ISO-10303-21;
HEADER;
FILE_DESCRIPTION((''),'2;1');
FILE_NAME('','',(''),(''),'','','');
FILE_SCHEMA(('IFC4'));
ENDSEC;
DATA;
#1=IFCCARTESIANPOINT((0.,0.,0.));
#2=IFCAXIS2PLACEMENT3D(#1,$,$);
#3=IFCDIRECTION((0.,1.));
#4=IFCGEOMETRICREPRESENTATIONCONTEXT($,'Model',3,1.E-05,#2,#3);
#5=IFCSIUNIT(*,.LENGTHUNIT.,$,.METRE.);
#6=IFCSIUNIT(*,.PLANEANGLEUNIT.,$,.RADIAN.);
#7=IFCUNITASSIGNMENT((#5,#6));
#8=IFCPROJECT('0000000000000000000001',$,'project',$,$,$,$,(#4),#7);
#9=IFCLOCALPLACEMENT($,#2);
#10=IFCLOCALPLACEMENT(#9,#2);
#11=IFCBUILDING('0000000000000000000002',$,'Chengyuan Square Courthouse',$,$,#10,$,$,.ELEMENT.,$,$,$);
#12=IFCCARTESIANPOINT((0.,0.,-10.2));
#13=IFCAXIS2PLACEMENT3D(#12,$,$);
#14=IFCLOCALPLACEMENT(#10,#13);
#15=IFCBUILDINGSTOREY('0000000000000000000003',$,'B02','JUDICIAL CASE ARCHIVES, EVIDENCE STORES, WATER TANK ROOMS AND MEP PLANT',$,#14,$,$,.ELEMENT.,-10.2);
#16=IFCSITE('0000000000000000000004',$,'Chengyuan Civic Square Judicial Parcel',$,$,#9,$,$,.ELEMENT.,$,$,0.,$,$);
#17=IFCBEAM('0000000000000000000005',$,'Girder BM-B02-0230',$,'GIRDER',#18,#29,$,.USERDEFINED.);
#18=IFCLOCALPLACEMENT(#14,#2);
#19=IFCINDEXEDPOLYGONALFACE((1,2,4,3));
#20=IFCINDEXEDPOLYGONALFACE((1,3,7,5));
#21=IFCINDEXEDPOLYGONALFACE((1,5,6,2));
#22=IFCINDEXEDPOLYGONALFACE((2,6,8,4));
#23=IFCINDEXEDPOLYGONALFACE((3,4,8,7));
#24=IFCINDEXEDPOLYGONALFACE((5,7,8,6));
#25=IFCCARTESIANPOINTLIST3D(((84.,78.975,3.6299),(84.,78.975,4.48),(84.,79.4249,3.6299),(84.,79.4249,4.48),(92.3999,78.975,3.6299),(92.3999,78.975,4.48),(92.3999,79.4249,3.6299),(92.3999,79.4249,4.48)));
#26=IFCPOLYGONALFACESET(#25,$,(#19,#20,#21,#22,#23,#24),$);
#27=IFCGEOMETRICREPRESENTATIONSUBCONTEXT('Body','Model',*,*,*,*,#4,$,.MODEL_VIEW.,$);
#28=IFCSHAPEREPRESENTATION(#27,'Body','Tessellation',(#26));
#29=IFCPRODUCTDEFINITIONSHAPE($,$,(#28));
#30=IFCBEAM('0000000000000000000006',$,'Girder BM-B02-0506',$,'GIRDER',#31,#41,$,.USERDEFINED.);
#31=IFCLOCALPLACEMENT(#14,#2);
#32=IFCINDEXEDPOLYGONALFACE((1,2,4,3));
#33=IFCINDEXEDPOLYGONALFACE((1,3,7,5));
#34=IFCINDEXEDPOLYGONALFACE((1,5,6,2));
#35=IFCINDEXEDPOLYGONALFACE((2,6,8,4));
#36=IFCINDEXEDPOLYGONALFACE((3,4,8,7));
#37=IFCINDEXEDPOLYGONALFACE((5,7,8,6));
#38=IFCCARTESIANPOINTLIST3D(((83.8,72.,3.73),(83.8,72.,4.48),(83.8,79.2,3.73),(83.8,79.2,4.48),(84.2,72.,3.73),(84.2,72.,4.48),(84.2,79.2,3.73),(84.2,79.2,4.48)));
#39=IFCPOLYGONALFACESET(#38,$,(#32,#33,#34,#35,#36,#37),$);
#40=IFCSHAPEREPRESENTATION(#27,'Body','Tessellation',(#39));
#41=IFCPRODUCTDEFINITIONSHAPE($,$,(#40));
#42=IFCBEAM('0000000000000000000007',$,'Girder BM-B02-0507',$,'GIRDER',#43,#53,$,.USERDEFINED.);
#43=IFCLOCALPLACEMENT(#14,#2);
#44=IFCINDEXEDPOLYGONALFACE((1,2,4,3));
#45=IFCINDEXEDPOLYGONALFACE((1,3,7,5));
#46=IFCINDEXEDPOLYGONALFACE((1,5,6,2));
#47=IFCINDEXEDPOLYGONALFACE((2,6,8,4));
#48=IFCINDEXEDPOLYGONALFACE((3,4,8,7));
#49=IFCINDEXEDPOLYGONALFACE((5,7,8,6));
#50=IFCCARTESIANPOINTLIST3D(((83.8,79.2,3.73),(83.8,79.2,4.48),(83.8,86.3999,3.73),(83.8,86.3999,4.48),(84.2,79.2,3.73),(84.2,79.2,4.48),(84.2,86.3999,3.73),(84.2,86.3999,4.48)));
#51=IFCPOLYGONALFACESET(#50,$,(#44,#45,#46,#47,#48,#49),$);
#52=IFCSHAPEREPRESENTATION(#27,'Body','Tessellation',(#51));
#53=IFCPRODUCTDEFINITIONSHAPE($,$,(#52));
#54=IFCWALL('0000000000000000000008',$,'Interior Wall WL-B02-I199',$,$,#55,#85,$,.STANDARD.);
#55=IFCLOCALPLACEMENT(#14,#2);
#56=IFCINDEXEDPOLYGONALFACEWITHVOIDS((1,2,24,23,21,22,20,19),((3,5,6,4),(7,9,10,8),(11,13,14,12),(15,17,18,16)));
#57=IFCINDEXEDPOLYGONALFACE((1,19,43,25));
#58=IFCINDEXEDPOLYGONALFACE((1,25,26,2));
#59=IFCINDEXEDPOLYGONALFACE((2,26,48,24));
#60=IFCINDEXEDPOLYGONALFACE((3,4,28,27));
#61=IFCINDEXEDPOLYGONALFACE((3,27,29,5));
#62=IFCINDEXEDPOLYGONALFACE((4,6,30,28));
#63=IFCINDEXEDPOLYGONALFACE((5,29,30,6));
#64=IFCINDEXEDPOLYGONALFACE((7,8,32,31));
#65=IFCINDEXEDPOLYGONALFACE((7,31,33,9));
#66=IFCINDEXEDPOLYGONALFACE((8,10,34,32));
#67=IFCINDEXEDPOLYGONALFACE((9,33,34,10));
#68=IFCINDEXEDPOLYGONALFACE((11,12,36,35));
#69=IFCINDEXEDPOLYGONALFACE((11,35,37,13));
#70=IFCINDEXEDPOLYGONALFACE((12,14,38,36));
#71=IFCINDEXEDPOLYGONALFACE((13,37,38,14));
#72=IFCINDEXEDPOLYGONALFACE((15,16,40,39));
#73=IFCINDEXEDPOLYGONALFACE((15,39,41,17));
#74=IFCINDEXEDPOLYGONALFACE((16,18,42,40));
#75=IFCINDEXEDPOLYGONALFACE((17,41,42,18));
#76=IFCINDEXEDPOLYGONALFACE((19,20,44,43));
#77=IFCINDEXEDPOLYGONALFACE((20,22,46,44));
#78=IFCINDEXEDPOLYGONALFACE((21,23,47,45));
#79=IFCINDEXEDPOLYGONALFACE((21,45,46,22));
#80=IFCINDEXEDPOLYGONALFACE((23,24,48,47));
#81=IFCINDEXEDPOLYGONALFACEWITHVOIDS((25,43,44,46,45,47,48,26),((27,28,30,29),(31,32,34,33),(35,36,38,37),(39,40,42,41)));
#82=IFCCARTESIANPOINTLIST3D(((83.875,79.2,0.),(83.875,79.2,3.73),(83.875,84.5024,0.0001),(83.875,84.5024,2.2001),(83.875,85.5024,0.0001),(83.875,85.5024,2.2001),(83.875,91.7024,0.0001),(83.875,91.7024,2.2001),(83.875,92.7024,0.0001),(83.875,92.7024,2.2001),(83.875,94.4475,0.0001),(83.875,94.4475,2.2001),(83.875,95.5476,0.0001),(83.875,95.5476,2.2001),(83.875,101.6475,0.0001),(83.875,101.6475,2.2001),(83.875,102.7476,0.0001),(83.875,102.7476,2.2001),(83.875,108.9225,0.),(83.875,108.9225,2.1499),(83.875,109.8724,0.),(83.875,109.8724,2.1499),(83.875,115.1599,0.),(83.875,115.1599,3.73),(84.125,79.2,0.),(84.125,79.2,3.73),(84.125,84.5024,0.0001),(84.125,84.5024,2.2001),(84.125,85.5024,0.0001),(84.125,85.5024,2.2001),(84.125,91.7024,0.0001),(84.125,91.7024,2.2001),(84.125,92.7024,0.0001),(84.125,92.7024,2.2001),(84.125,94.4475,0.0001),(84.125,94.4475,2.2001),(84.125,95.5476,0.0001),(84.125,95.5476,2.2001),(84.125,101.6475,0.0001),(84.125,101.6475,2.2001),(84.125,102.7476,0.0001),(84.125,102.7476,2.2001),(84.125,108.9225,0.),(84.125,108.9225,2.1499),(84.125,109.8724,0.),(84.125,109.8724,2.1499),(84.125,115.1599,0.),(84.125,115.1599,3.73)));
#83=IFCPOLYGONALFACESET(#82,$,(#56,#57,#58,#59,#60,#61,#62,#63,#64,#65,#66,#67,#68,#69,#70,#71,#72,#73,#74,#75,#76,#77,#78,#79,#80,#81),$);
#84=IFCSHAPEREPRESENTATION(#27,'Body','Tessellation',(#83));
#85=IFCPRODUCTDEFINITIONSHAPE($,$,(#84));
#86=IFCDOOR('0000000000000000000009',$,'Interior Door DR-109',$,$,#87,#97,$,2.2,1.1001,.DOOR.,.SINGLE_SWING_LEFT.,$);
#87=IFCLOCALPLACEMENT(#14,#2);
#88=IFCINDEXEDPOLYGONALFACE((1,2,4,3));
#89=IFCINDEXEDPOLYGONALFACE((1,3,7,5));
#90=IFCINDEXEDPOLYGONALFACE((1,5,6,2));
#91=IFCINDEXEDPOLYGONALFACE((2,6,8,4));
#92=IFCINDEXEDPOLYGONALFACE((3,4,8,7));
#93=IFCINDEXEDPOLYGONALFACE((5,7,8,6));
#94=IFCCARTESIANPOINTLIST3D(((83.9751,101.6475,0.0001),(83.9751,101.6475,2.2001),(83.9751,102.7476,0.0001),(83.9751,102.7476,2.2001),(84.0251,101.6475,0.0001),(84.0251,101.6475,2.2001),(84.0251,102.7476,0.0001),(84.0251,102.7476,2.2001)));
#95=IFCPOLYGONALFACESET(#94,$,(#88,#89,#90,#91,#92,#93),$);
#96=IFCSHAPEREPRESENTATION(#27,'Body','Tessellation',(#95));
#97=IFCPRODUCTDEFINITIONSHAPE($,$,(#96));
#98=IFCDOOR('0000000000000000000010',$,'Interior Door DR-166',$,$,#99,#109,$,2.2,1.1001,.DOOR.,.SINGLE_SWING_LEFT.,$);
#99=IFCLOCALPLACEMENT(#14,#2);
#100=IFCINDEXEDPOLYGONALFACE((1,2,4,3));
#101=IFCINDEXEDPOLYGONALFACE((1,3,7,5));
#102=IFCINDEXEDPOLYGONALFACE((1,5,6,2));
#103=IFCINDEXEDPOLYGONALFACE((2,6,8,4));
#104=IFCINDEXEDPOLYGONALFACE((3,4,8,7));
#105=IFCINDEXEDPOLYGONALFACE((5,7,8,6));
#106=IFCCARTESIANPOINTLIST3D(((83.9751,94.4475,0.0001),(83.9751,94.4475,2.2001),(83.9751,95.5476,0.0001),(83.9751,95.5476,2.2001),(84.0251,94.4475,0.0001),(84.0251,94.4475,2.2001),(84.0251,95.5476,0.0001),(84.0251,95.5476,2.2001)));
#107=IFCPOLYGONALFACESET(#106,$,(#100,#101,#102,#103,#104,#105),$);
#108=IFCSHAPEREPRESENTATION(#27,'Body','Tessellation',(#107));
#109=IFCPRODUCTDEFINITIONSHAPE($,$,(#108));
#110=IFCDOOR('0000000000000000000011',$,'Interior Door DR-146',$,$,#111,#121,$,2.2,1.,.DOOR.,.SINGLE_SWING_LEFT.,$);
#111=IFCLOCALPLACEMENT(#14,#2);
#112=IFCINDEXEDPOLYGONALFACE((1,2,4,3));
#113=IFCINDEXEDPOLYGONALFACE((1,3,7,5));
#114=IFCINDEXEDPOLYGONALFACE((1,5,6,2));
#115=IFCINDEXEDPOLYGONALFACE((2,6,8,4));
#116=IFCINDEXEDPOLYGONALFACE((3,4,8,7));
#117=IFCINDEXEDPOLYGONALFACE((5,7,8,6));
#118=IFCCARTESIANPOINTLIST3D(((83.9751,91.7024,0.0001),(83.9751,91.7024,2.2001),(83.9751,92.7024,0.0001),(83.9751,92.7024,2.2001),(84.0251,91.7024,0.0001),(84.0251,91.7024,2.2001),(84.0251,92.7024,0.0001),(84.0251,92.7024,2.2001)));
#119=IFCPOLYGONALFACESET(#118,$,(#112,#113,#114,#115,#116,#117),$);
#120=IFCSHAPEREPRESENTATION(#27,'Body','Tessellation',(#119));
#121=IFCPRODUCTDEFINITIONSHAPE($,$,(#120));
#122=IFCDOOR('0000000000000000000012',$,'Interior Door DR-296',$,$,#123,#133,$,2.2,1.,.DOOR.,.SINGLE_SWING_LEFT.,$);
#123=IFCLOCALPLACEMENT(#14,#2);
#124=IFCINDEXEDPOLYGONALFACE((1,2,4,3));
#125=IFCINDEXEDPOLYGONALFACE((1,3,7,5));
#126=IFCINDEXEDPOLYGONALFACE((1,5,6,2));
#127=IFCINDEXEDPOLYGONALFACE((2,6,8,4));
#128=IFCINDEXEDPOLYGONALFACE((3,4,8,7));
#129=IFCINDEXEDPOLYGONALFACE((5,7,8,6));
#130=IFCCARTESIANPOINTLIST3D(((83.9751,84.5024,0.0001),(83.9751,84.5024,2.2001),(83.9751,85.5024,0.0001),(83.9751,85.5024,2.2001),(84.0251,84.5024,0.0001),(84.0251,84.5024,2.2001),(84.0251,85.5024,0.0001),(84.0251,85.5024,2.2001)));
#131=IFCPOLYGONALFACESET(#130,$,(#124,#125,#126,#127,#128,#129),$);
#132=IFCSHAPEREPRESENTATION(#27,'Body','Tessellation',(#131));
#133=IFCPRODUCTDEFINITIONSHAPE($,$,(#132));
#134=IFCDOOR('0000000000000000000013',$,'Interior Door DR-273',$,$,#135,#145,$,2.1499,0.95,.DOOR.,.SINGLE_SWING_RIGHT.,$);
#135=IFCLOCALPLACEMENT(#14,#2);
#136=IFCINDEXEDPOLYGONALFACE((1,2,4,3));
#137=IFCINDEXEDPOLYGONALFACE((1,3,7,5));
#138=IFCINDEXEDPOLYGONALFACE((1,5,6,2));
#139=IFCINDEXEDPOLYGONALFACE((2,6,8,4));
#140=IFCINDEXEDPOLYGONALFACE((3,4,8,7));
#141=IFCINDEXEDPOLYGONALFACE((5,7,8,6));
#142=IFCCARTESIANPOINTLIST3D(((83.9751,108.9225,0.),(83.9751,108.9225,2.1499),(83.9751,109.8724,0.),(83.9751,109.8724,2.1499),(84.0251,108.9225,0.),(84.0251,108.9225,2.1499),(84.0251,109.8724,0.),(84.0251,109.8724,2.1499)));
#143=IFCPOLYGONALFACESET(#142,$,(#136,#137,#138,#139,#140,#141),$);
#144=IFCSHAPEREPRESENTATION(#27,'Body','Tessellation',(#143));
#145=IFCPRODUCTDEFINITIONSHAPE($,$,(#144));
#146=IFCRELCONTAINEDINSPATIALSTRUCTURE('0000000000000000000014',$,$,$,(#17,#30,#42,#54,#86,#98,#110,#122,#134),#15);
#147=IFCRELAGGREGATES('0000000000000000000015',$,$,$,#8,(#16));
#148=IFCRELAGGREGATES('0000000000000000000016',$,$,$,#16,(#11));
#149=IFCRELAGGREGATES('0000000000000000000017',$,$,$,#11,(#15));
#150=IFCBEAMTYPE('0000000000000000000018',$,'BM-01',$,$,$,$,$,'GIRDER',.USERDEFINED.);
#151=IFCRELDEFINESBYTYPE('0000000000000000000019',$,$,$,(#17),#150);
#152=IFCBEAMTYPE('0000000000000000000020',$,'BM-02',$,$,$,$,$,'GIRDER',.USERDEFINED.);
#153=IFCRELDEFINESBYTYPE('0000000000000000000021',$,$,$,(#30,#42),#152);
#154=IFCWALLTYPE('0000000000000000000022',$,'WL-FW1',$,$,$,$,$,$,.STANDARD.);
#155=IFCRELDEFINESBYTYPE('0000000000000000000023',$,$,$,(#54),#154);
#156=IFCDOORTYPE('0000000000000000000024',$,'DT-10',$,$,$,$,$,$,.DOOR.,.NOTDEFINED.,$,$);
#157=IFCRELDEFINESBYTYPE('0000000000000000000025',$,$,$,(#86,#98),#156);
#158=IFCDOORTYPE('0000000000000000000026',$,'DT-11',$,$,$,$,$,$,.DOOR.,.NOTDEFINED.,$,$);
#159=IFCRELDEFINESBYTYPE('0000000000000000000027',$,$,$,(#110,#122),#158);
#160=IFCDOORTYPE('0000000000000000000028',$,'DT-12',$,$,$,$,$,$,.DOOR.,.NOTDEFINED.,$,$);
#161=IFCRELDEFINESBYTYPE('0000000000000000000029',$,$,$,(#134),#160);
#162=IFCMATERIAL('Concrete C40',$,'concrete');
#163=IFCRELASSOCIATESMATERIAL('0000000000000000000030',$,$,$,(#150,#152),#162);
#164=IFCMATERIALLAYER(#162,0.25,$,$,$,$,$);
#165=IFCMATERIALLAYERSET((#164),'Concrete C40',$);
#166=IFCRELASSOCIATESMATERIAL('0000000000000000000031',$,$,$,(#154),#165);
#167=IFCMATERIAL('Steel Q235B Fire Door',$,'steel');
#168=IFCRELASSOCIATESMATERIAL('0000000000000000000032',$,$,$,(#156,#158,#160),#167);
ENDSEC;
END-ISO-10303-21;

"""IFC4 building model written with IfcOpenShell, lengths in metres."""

from ifc_helpers import new_model, si_unit, direction, frame, frame_2d, origin, origin_2d, place, context, subcontext, project, spatial, rectangle, extrude, material, layer, layer_set, material_profile, profile_set, type_object, element, fill, save


model = new_model("IFC4")

# Units and contexts
model_context = context("Model", 3, precision=1e-05, world=origin(), true_north=direction((0.0, 1.0)))
body_context = subcontext(model_context, "Body", "Model", "MODEL_VIEW")
ifc_project = project(units=[si_unit("LENGTHUNIT", "METRE"), si_unit("PLANEANGLEUNIT", "RADIAN")], contexts=[model_context])

# Site, building, storey
site_placement = place(None, origin())
site = spatial("IfcSite", under=ifc_project, at=site_placement, Name="Chengyuan Civic Square Judicial Parcel", CompositionType="ELEMENT", RefElevation=0.0)
building_placement = place(site_placement, origin())
building = spatial("IfcBuilding", under=site, at=building_placement, Name="Chengyuan Square Courthouse", CompositionType="ELEMENT")
storey_placement = place(building_placement, frame((0.0, 0.0, -10.2)))
storey = spatial("IfcBuildingStorey", under=building, at=storey_placement, Name="B02", Description="JUDICIAL CASE ARCHIVES, EVIDENCE STORES, WATER TANK ROOMS AND MEP PLANT", CompositionType="ELEMENT", Elevation=-10.2)

# Shared definitions
ifc_material_1 = material(Name="Concrete C40", Category="concrete")

# Beams
ifc_material_profile_1 = material_profile(ifc_material_1, rectangle(XDim=0.45, YDim=0.8501, at=origin_2d()), Name="RC-BM-450x850")
ifc_profile_set_1 = profile_set([ifc_material_profile_1], Name="Concrete C40")
beam_type_1 = type_object("IfcBeamType", Name="BM-01", ElementType="GIRDER", PredefinedType="USERDEFINED", material=ifc_profile_set_1)
beam_1_placement = place(storey_placement, frame((84.0, 79.2, 4.0549), z_axis=(1.0, 0.0, 0.0), x_axis=(0.0, 1.0, 0.0)))
element("IfcBeam", 1, at=beam_1_placement, inside=storey, type_object=beam_type_1, Name="Girder BM-B02-0230", ObjectType="GIRDER", PredefinedType="USERDEFINED", context=body_context, shape_type="SweptSolid", body=[
    extrude(rectangle(XDim=0.45, YDim=0.8501, at=origin_2d()), origin(), (0.0, 0.0, 1.0), 8.3999),
])
ifc_material_profile_2 = material_profile(ifc_material_1, rectangle(XDim=0.3999, YDim=0.75, at=origin_2d()), Name="RC-BM-400x750")
ifc_profile_set_2 = profile_set([ifc_material_profile_2], Name="Concrete C40")
beam_type_2 = type_object("IfcBeamType", Name="BM-02", ElementType="GIRDER", PredefinedType="USERDEFINED", material=ifc_profile_set_2)
for number, where, z_axis, x_axis, name in (
    (2, (84.0, 72.0, 4.105), (0.0, 1.0, 0.0), (-1.0, 0.0, 0.0), "Girder BM-B02-0506"),
    (3, (84.0, 79.2, 4.105), (0.0, 1.0, 0.0), (-1.0, 0.0, 0.0), "Girder BM-B02-0507"),
):
    element("IfcBeam", number, at=place(storey_placement, frame(where, z_axis=z_axis, x_axis=x_axis)), inside=storey, type_object=beam_type_2, Name=name, ObjectType="GIRDER", PredefinedType="USERDEFINED", context=body_context, shape_type="SweptSolid", body=[
        extrude(rectangle(XDim=0.3999, YDim=0.75, at=origin_2d()), origin(), (0.0, 0.0, 1.0), 7.2),
    ])

# Wall, openings, doors
ifc_layer = layer(ifc_material_1, 0.25)
ifc_layer_set = layer_set([ifc_layer], Name="Concrete C40")
wall_type = type_object("IfcWallType", Name="WL-FW1", PredefinedType="STANDARD", material=ifc_layer_set)
wall_placement = place(storey_placement, frame((84.0, 79.2, 0.0), z_axis=(0.0, 0.0, 1.0), x_axis=(0.0, 1.0, 0.0)))
wall = element("IfcWall", 4, at=wall_placement, inside=storey, type_object=wall_type, Name="Interior Wall WL-B02-I199", PredefinedType="STANDARD", context=body_context, shape_type="SweptSolid", body=[
    extrude(rectangle(XDim=35.96, YDim=0.25, at=frame_2d((17.98, 0.0))), origin(), (0.0, 0.0, 1.0), 3.73),
])
opening_1_placement = place(wall_placement, frame((22.4475, 0.0, 0.0)))
opening_1 = element("IfcOpeningElement", 5, at=opening_1_placement, cuts=wall, PredefinedType="OPENING", context=body_context, shape_type="SweptSolid", body=[
    extrude(rectangle(XDim=1.1001, YDim=2.2, at=frame_2d((0.55, 1.1001))), frame((0.0, 0.137, 0.0), z_axis=(0.0, -1.0, 0.0), x_axis=(1.0, 0.0, 0.0)), (0.0, 0.0, 1.0), 0.2739),
])
opening_2_placement = place(wall_placement, frame((12.5024, 0.0, 0.0)))
opening_2 = element("IfcOpeningElement", 6, at=opening_2_placement, cuts=wall, PredefinedType="OPENING", context=body_context, shape_type="SweptSolid", body=[
    extrude(rectangle(XDim=1.0, YDim=2.2, at=frame_2d((0.5, 1.1001))), frame((0.0, 0.137, 0.0), z_axis=(0.0, -1.0, 0.0), x_axis=(1.0, 0.0, 0.0)), (0.0, 0.0, 1.0), 0.2739),
])
opening_3_placement = place(wall_placement, frame((15.2476, 0.0, 0.0)))
opening_3 = element("IfcOpeningElement", 7, at=opening_3_placement, cuts=wall, PredefinedType="OPENING", context=body_context, shape_type="SweptSolid", body=[
    extrude(rectangle(XDim=1.1001, YDim=2.2, at=frame_2d((0.55, 1.1001))), frame((0.0, 0.137, 0.0), z_axis=(0.0, -1.0, 0.0), x_axis=(1.0, 0.0, 0.0)), (0.0, 0.0, 1.0), 0.2739),
])
opening_4_placement = place(wall_placement, frame((29.7224, 0.0, 0.0)))
opening_4 = element("IfcOpeningElement", 8, at=opening_4_placement, cuts=wall, PredefinedType="OPENING", context=body_context, shape_type="SweptSolid", body=[
    extrude(rectangle(XDim=0.95, YDim=2.1499, at=frame_2d((0.4751, 1.075))), frame((0.0, 0.137, 0.0), z_axis=(0.0, -1.0, 0.0), x_axis=(1.0, 0.0, 0.0)), (0.0, 0.0, 1.0), 0.2739),
])
opening_5_placement = place(wall_placement, frame((5.3025, 0.0, 0.0)))
opening_5 = element("IfcOpeningElement", 9, at=opening_5_placement, cuts=wall, PredefinedType="OPENING", context=body_context, shape_type="SweptSolid", body=[
    extrude(rectangle(XDim=1.0, YDim=2.2, at=frame_2d((0.5, 1.1001))), frame((0.0, 0.137, 0.0), z_axis=(0.0, -1.0, 0.0), x_axis=(1.0, 0.0, 0.0)), (0.0, 0.0, 1.0), 0.2739),
])
ifc_material_2 = material(Name="Steel Q235B Fire Door", Category="steel")
door_type_1 = type_object("IfcDoorType", Name="DT-10", OperationType="NOTDEFINED", PredefinedType="DOOR", material=ifc_material_2)
door_1_placement = place(opening_1_placement, origin())
door_1 = element("IfcDoor", 10, at=door_1_placement, inside=storey, type_object=door_type_1, Name="Interior Door DR-109", OperationType="SINGLE_SWING_LEFT", OverallHeight=2.2, OverallWidth=1.1001, PredefinedType="DOOR", context=body_context, shape_type="SweptSolid", body=[
    extrude(rectangle(XDim=1.1001, YDim=2.2, at=frame_2d((0.55, 1.1001))), frame((0.0, 0.0249, 0.0), z_axis=(0.0, -1.0, 0.0), x_axis=(1.0, 0.0, 0.0)), (0.0, 0.0, 1.0), 0.05),
])
fill(opening_1, door_1)
door_2_placement = place(opening_3_placement, origin())
door_2 = element("IfcDoor", 11, at=door_2_placement, inside=storey, type_object=door_type_1, Name="Interior Door DR-166", OperationType="SINGLE_SWING_LEFT", OverallHeight=2.2, OverallWidth=1.1001, PredefinedType="DOOR", context=body_context, shape_type="SweptSolid", body=[
    extrude(rectangle(XDim=1.1001, YDim=2.2, at=frame_2d((0.55, 1.1001))), frame((0.0, 0.0249, 0.0), z_axis=(0.0, -1.0, 0.0), x_axis=(1.0, 0.0, 0.0)), (0.0, 0.0, 1.0), 0.05),
])
fill(opening_3, door_2)
door_type_2 = type_object("IfcDoorType", Name="DT-11", OperationType="NOTDEFINED", PredefinedType="DOOR", material=ifc_material_2)
door_3_placement = place(opening_2_placement, origin())
door_3 = element("IfcDoor", 12, at=door_3_placement, inside=storey, type_object=door_type_2, Name="Interior Door DR-146", OperationType="SINGLE_SWING_LEFT", OverallHeight=2.2, OverallWidth=1.0, PredefinedType="DOOR", context=body_context, shape_type="SweptSolid", body=[
    extrude(rectangle(XDim=1.0, YDim=2.2, at=frame_2d((0.5, 1.1001))), frame((0.0, 0.0249, 0.0), z_axis=(0.0, -1.0, 0.0), x_axis=(1.0, 0.0, 0.0)), (0.0, 0.0, 1.0), 0.05),
])
fill(opening_2, door_3)
door_4_placement = place(opening_5_placement, origin())
door_4 = element("IfcDoor", 13, at=door_4_placement, inside=storey, type_object=door_type_2, Name="Interior Door DR-296", OperationType="SINGLE_SWING_LEFT", OverallHeight=2.2, OverallWidth=1.0, PredefinedType="DOOR", context=body_context, shape_type="SweptSolid", body=[
    extrude(rectangle(XDim=1.0, YDim=2.2, at=frame_2d((0.5, 1.1001))), frame((0.0, 0.0249, 0.0), z_axis=(0.0, -1.0, 0.0), x_axis=(1.0, 0.0, 0.0)), (0.0, 0.0, 1.0), 0.05),
])
fill(opening_5, door_4)
door_type_3 = type_object("IfcDoorType", Name="DT-12", OperationType="NOTDEFINED", PredefinedType="DOOR", material=ifc_material_2)
door_5_placement = place(opening_4_placement, origin())
door_5 = element("IfcDoor", 14, at=door_5_placement, inside=storey, type_object=door_type_3, Name="Interior Door DR-273", OperationType="SINGLE_SWING_RIGHT", OverallHeight=2.1499, OverallWidth=0.95, PredefinedType="DOOR", context=body_context, shape_type="SweptSolid", body=[
    extrude(rectangle(XDim=0.95, YDim=2.1499, at=frame_2d((0.4751, 1.075))), frame((0.0, 0.0249, 0.0), z_axis=(0.0, -1.0, 0.0), x_axis=(1.0, 0.0, 0.0)), (0.0, 0.0, 1.0), 0.05),
])
fill(opening_4, door_5)

save(model, "model.ifc")
